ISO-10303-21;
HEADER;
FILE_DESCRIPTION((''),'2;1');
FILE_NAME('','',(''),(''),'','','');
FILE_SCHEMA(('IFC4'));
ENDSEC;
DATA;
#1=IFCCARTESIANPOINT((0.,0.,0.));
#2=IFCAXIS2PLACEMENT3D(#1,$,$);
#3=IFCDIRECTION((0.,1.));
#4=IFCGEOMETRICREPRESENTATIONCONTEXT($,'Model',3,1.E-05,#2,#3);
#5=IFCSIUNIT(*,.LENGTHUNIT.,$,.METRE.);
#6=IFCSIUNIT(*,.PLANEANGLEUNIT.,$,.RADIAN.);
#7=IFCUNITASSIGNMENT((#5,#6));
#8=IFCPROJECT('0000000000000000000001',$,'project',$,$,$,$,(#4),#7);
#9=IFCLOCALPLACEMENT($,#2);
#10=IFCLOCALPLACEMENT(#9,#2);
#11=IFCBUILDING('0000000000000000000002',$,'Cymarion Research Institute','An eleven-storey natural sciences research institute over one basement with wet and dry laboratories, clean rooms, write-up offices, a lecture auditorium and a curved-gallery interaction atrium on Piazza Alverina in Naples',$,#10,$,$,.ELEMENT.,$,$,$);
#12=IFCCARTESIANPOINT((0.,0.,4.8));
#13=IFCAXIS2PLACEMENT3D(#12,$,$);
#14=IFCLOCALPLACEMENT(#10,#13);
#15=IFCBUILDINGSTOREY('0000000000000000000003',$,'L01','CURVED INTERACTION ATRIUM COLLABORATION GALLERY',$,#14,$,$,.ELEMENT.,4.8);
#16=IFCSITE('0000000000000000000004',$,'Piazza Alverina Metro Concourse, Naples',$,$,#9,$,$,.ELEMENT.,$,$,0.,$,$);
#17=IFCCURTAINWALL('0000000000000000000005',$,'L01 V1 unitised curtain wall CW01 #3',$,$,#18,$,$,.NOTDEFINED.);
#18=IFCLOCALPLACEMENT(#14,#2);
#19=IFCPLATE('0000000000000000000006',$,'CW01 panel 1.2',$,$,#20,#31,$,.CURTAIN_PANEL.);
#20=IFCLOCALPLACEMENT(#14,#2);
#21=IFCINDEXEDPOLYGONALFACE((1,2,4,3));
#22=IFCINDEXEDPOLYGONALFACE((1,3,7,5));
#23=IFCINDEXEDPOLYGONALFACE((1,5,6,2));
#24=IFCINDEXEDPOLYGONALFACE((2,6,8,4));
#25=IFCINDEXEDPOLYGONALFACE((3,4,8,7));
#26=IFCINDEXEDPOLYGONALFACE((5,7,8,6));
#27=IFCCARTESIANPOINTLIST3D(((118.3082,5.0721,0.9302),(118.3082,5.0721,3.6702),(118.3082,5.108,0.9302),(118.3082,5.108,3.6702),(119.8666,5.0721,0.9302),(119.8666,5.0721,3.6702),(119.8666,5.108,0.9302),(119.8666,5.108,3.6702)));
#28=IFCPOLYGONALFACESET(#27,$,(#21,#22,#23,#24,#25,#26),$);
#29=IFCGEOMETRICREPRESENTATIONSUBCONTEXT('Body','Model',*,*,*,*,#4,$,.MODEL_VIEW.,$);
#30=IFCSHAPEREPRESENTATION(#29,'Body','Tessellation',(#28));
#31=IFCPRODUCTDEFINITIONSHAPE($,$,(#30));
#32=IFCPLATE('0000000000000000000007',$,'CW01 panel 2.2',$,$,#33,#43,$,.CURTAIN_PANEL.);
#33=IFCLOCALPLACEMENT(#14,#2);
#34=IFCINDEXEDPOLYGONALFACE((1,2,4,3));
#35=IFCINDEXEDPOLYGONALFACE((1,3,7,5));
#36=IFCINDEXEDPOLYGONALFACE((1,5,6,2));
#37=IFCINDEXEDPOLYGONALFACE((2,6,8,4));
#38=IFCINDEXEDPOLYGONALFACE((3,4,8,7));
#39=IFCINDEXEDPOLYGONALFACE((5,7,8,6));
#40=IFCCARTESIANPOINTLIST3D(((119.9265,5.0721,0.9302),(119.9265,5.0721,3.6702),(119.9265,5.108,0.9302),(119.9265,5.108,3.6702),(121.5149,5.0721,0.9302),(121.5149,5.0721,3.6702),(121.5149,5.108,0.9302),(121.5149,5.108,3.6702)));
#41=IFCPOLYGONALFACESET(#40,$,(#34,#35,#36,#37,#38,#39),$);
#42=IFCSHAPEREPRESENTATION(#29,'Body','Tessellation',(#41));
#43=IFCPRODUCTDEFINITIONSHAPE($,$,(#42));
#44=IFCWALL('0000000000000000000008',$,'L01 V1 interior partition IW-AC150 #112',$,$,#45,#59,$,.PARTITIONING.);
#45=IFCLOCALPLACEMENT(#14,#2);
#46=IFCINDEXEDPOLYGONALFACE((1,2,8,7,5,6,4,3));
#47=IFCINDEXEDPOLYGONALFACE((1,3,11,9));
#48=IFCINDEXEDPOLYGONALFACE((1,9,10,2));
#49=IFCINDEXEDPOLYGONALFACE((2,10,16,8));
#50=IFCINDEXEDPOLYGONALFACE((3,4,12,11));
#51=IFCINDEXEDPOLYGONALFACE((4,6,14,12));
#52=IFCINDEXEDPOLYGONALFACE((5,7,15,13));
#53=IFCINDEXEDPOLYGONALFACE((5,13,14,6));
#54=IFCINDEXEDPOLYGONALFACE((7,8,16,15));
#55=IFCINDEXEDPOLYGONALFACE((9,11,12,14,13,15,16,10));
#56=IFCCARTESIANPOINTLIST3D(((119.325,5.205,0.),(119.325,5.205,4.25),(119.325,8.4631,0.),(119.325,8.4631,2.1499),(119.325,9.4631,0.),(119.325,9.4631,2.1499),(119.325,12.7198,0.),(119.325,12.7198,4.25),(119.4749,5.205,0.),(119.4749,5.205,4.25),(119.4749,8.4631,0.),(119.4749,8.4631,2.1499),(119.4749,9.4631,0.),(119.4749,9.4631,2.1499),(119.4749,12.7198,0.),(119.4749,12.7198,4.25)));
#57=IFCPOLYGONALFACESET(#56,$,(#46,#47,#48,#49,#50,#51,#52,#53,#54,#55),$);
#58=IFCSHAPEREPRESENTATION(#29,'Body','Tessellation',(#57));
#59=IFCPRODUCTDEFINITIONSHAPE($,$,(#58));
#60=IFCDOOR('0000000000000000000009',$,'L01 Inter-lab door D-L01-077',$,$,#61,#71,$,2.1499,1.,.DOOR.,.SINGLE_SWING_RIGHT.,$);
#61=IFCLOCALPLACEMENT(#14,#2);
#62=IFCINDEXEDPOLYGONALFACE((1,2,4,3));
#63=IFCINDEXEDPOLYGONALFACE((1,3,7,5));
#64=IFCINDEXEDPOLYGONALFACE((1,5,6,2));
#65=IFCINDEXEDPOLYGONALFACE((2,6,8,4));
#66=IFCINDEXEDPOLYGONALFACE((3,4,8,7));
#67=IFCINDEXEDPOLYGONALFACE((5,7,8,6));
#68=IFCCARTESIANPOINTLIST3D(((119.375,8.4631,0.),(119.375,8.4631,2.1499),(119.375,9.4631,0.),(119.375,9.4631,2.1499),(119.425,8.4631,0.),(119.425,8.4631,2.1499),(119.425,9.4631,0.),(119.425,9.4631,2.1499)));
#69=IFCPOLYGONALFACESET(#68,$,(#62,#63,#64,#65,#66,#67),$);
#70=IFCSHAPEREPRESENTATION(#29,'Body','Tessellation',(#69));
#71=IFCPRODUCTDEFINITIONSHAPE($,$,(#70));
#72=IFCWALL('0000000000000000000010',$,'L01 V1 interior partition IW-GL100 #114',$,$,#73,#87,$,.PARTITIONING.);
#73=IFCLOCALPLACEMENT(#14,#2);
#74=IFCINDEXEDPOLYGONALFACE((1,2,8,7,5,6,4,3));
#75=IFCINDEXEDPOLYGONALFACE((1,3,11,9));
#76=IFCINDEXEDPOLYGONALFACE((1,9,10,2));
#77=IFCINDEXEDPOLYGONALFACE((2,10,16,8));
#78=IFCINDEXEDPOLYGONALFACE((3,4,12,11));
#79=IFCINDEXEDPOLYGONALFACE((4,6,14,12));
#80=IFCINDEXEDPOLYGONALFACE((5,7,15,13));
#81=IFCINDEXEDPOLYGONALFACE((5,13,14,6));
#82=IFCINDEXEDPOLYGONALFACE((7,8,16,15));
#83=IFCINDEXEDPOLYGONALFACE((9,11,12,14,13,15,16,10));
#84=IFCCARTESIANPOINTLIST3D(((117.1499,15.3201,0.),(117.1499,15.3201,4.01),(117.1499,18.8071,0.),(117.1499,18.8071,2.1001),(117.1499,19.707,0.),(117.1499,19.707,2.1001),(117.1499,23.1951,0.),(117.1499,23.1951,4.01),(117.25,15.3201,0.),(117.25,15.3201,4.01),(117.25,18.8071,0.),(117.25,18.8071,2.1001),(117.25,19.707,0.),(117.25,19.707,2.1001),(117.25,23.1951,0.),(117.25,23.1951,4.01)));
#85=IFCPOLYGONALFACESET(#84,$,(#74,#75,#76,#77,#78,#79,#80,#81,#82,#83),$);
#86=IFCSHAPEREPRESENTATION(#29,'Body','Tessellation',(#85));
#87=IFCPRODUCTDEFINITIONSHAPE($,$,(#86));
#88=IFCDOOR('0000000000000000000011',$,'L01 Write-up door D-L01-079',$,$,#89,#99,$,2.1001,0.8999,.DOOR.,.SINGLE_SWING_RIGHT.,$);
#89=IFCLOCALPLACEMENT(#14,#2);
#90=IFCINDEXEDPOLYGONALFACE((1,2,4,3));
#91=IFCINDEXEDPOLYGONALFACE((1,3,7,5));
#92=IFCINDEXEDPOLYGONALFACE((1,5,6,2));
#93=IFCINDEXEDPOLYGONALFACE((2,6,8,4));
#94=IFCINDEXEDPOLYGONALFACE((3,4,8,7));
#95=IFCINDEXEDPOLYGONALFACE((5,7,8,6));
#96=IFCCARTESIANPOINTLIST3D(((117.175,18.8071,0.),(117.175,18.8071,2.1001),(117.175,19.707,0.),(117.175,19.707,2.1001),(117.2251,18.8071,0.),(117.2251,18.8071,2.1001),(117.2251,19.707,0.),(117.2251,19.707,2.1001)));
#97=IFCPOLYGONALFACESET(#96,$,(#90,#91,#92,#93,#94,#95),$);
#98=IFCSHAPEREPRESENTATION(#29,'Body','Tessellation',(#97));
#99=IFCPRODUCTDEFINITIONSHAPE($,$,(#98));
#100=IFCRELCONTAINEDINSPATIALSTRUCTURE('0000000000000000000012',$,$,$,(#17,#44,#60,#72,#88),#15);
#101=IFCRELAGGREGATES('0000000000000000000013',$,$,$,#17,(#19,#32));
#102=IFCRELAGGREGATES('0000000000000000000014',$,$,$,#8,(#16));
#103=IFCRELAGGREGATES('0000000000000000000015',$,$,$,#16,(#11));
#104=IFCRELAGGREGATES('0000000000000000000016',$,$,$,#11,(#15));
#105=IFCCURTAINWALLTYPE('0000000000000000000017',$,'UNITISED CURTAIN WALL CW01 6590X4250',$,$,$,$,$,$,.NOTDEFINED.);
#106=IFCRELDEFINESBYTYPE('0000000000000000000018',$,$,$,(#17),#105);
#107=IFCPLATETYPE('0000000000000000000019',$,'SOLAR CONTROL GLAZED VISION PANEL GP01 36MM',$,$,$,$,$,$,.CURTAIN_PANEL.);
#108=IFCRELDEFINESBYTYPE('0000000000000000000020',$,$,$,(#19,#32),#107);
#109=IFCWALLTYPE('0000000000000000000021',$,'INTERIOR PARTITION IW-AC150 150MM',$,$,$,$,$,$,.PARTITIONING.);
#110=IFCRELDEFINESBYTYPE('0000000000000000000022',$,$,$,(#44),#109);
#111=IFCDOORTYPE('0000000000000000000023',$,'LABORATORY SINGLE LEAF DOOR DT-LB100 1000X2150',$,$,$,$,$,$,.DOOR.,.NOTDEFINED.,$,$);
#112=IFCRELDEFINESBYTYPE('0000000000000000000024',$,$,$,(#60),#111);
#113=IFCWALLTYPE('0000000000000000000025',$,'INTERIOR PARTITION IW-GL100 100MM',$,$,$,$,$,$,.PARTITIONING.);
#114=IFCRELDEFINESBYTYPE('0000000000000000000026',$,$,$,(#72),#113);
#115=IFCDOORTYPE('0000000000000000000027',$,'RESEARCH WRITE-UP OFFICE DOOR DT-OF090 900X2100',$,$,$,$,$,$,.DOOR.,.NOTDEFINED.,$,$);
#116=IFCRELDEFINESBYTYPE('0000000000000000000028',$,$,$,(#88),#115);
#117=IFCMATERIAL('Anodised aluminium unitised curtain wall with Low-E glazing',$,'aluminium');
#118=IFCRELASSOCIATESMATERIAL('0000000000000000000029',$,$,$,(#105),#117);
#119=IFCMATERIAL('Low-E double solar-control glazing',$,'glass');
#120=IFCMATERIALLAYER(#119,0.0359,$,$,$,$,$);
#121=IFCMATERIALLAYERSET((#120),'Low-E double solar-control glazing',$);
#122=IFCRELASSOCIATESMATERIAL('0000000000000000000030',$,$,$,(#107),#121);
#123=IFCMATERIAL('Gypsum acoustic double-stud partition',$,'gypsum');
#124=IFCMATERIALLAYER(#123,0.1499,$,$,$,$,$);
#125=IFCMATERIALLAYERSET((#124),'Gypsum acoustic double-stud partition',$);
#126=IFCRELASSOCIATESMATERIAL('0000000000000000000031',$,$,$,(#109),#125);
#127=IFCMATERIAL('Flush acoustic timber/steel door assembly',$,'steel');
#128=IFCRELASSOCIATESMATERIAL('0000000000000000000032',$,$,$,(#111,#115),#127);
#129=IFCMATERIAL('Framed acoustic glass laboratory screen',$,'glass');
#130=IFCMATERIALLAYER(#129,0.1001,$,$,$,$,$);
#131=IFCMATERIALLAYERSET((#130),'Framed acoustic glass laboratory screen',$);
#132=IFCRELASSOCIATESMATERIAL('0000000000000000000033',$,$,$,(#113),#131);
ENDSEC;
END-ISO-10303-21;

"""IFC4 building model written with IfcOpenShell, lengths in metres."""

from ifc_helpers import new_model, si_unit, direction, frame, frame_2d, origin, origin_2d, place, context, subcontext, project, spatial, rectangle, extrude, material, layer, layer_set, type_object, element, fill, aggregate, save


model = new_model("IFC4")

# Units and contexts
model_context = context("Model", 3, precision=1e-05, world=origin(), true_north=direction((0.0, 1.0)))
body_context = subcontext(model_context, "Body", "Model", "MODEL_VIEW")
ifc_project = project(units=[si_unit("LENGTHUNIT", "METRE"), si_unit("PLANEANGLEUNIT", "RADIAN")], contexts=[model_context])

# Site, building, storey
site_placement = place(None, origin())
site = spatial("IfcSite", under=ifc_project, at=site_placement, Name="Piazza Alverina Metro Concourse, Naples", CompositionType="ELEMENT", RefElevation=0.0)
building_placement = place(site_placement, origin())
building = spatial("IfcBuilding", under=site, at=building_placement, Name="Cymarion Research Institute", Description="An eleven-storey natural sciences research institute over one basement with wet and dry laboratories, clean rooms, write-up offices, a lecture auditorium and a curved-gallery interaction atrium on Piazza Alverina in Naples", CompositionType="ELEMENT")
storey_placement = place(building_placement, frame((0.0, 0.0, 4.8)))
storey = spatial("IfcBuildingStorey", under=building, at=storey_placement, Name="L01", Description="CURVED INTERACTION ATRIUM COLLABORATION GALLERY", CompositionType="ELEMENT", Elevation=4.8)

# Curtain wall
ifc_material_1 = material(Name="Anodised aluminium unitised curtain wall with Low-E glazing", Category="aluminium")
curtain_wall_type = type_object("IfcCurtainWallType", Name="UNITISED CURTAIN WALL CW01 6590X4250", PredefinedType="NOTDEFINED", material=ifc_material_1)
curtain_wall_placement = place(storey_placement, origin())
curtain_wall = element("IfcCurtainWall", 1, at=curtain_wall_placement, inside=storey, type_object=curtain_wall_type, Name="L01 V1 unitised curtain wall CW01 #3", PredefinedType="NOTDEFINED")

# Plates
ifc_material_2 = material(Name="Low-E double solar-control glazing", Category="glass")
ifc_layer_1 = layer(ifc_material_2, 0.0359)
ifc_layer_set_1 = layer_set([ifc_layer_1], Name="Low-E double solar-control glazing")
plate_type_1 = type_object("IfcPlateType", Name="SOLAR CONTROL GLAZED VISION PANEL GP01 36MM", PredefinedType="CURTAIN_PANEL", material=ifc_layer_set_1)
plate_1_placement = place(storey_placement, frame((119.0874, 5.0901, 0.9302), z_axis=(0.0, 0.0, 1.0), x_axis=(1.0, 0.0, 0.0)))
plate_1 = element("IfcPlate", 2, at=plate_1_placement, type_object=plate_type_1, Name="CW01 panel 1.2", PredefinedType="CURTAIN_PANEL", context=body_context, shape_type="SweptSolid", body=[
    extrude(rectangle(XDim=1.5583, YDim=0.0359, at=origin_2d()), origin(), (0.0, 0.0, 1.0), 2.74),
])
plate_2_placement = place(storey_placement, frame((120.7207, 5.0901, 0.9302), z_axis=(0.0, 0.0, 1.0), x_axis=(1.0, 0.0, 0.0)))
plate_2 = element("IfcPlate", 3, at=plate_2_placement, type_object=plate_type_1, Name="CW01 panel 2.2", PredefinedType="CURTAIN_PANEL", context=body_context, shape_type="SweptSolid", body=[
    extrude(rectangle(XDim=1.5884, YDim=0.0359, at=origin_2d()), origin(), (0.0, 0.0, 1.0), 2.74),
])
aggregate(curtain_wall, [plate_1, plate_2])

# Walls, openings, doors
ifc_material_3 = material(Name="Gypsum acoustic double-stud partition", Category="gypsum")
ifc_layer_2 = layer(ifc_material_3, 0.1499)
ifc_layer_set_2 = layer_set([ifc_layer_2], Name="Gypsum acoustic double-stud partition")
wall_type_1 = type_object("IfcWallType", Name="INTERIOR PARTITION IW-AC150 150MM", PredefinedType="PARTITIONING", material=ifc_layer_set_2)
wall_1_placement = place(storey_placement, frame((119.3999, 5.2051, 0.0), z_axis=(0.0, 0.0, 1.0), x_axis=(0.0, 1.0, 0.0)))
wall_1 = element("IfcWall", 4, at=wall_1_placement, inside=storey, type_object=wall_type_1, Name="L01 V1 interior partition IW-AC150 #112", PredefinedType="PARTITIONING", context=body_context, shape_type="SweptSolid", body=[
    extrude(rectangle(XDim=7.5149, YDim=0.1499, at=frame_2d((3.7573, 0.0))), origin(), (0.0, 0.0, 1.0), 4.25),
])
opening_1_placement = place(wall_1_placement, frame((3.2581, 0.0, 0.0)))
opening_1 = element("IfcOpeningElement", 5, at=opening_1_placement, cuts=wall_1, PredefinedType="OPENING", context=body_context, shape_type="SweptSolid", body=[
    extrude(rectangle(XDim=1.0, YDim=2.1499, at=frame_2d((0.5, 1.075))), frame((0.0, 0.085, 0.0), z_axis=(0.0, -1.0, 0.0), x_axis=(1.0, 0.0, 0.0)), (0.0, 0.0, 1.0), 0.1699),
])
ifc_material_4 = material(Name="Flush acoustic timber/steel door assembly", Category="steel")
door_type_1 = type_object("IfcDoorType", Name="LABORATORY SINGLE LEAF DOOR DT-LB100 1000X2150", OperationType="NOTDEFINED", PredefinedType="DOOR", material=ifc_material_4)
door_1_placement = place(opening_1_placement, origin())
door_1 = element("IfcDoor", 6, at=door_1_placement, inside=storey, type_object=door_type_1, Name="L01 Inter-lab door D-L01-077", OperationType="SINGLE_SWING_RIGHT", OverallHeight=2.1499, OverallWidth=1.0, PredefinedType="DOOR", context=body_context, shape_type="SweptSolid", body=[
    extrude(rectangle(XDim=1.0, YDim=2.1499, at=frame_2d((0.5, 1.075))), frame((0.0, 0.0249, 0.0), z_axis=(0.0, -1.0, 0.0), x_axis=(1.0, 0.0, 0.0)), (0.0, 0.0, 1.0), 0.05),
])
fill(opening_1, door_1)
ifc_material_5 = material(Name="Framed acoustic glass laboratory screen", Category="glass")
ifc_layer_3 = layer(ifc_material_5, 0.1001)
ifc_layer_set_3 = layer_set([ifc_layer_3], Name="Framed acoustic glass laboratory screen")
wall_type_2 = type_object("IfcWallType", Name="INTERIOR PARTITION IW-GL100 100MM", PredefinedType="PARTITIONING", material=ifc_layer_set_3)
wall_2_placement = place(storey_placement, frame((117.2, 15.3201, 0.0), z_axis=(0.0, 0.0, 1.0), x_axis=(0.0, 1.0, 0.0)))
wall_2 = element("IfcWall", 7, at=wall_2_placement, inside=storey, type_object=wall_type_2, Name="L01 V1 interior partition IW-GL100 #114", PredefinedType="PARTITIONING", context=body_context, shape_type="SweptSolid", body=[
    extrude(rectangle(XDim=7.875, YDim=0.1001, at=frame_2d((3.9375, 0.0))), origin(), (0.0, 0.0, 1.0), 4.01),
])
opening_2_placement = place(wall_2_placement, frame((3.4871, 0.0, 0.0)))
opening_2 = element("IfcOpeningElement", 8, at=opening_2_placement, cuts=wall_2, PredefinedType="OPENING", context=body_context, shape_type="SweptSolid", body=[
    extrude(rectangle(XDim=0.8999, YDim=2.1001, at=frame_2d((0.45, 1.05))), frame((0.0, 0.0601, 0.0), z_axis=(0.0, -1.0, 0.0), x_axis=(1.0, 0.0, 0.0)), (0.0, 0.0, 1.0), 0.1201),
])
door_type_2 = type_object("IfcDoorType", Name="RESEARCH WRITE-UP OFFICE DOOR DT-OF090 900X2100", OperationType="NOTDEFINED", PredefinedType="DOOR", material=ifc_material_4)
door_2_placement = place(opening_2_placement, origin())
door_2 = element("IfcDoor", 9, at=door_2_placement, inside=storey, type_object=door_type_2, Name="L01 Write-up door D-L01-079", OperationType="SINGLE_SWING_RIGHT", OverallHeight=2.1001, OverallWidth=0.8999, PredefinedType="DOOR", context=body_context, shape_type="SweptSolid", body=[
    extrude(rectangle(XDim=0.8999, YDim=2.1001, at=frame_2d((0.45, 1.05))), frame((0.0, 0.0249, 0.0), z_axis=(0.0, -1.0, 0.0), x_axis=(1.0, 0.0, 0.0)), (0.0, 0.0, 1.0), 0.05),
])
fill(opening_2, door_2)

save(model, "model.ifc")
